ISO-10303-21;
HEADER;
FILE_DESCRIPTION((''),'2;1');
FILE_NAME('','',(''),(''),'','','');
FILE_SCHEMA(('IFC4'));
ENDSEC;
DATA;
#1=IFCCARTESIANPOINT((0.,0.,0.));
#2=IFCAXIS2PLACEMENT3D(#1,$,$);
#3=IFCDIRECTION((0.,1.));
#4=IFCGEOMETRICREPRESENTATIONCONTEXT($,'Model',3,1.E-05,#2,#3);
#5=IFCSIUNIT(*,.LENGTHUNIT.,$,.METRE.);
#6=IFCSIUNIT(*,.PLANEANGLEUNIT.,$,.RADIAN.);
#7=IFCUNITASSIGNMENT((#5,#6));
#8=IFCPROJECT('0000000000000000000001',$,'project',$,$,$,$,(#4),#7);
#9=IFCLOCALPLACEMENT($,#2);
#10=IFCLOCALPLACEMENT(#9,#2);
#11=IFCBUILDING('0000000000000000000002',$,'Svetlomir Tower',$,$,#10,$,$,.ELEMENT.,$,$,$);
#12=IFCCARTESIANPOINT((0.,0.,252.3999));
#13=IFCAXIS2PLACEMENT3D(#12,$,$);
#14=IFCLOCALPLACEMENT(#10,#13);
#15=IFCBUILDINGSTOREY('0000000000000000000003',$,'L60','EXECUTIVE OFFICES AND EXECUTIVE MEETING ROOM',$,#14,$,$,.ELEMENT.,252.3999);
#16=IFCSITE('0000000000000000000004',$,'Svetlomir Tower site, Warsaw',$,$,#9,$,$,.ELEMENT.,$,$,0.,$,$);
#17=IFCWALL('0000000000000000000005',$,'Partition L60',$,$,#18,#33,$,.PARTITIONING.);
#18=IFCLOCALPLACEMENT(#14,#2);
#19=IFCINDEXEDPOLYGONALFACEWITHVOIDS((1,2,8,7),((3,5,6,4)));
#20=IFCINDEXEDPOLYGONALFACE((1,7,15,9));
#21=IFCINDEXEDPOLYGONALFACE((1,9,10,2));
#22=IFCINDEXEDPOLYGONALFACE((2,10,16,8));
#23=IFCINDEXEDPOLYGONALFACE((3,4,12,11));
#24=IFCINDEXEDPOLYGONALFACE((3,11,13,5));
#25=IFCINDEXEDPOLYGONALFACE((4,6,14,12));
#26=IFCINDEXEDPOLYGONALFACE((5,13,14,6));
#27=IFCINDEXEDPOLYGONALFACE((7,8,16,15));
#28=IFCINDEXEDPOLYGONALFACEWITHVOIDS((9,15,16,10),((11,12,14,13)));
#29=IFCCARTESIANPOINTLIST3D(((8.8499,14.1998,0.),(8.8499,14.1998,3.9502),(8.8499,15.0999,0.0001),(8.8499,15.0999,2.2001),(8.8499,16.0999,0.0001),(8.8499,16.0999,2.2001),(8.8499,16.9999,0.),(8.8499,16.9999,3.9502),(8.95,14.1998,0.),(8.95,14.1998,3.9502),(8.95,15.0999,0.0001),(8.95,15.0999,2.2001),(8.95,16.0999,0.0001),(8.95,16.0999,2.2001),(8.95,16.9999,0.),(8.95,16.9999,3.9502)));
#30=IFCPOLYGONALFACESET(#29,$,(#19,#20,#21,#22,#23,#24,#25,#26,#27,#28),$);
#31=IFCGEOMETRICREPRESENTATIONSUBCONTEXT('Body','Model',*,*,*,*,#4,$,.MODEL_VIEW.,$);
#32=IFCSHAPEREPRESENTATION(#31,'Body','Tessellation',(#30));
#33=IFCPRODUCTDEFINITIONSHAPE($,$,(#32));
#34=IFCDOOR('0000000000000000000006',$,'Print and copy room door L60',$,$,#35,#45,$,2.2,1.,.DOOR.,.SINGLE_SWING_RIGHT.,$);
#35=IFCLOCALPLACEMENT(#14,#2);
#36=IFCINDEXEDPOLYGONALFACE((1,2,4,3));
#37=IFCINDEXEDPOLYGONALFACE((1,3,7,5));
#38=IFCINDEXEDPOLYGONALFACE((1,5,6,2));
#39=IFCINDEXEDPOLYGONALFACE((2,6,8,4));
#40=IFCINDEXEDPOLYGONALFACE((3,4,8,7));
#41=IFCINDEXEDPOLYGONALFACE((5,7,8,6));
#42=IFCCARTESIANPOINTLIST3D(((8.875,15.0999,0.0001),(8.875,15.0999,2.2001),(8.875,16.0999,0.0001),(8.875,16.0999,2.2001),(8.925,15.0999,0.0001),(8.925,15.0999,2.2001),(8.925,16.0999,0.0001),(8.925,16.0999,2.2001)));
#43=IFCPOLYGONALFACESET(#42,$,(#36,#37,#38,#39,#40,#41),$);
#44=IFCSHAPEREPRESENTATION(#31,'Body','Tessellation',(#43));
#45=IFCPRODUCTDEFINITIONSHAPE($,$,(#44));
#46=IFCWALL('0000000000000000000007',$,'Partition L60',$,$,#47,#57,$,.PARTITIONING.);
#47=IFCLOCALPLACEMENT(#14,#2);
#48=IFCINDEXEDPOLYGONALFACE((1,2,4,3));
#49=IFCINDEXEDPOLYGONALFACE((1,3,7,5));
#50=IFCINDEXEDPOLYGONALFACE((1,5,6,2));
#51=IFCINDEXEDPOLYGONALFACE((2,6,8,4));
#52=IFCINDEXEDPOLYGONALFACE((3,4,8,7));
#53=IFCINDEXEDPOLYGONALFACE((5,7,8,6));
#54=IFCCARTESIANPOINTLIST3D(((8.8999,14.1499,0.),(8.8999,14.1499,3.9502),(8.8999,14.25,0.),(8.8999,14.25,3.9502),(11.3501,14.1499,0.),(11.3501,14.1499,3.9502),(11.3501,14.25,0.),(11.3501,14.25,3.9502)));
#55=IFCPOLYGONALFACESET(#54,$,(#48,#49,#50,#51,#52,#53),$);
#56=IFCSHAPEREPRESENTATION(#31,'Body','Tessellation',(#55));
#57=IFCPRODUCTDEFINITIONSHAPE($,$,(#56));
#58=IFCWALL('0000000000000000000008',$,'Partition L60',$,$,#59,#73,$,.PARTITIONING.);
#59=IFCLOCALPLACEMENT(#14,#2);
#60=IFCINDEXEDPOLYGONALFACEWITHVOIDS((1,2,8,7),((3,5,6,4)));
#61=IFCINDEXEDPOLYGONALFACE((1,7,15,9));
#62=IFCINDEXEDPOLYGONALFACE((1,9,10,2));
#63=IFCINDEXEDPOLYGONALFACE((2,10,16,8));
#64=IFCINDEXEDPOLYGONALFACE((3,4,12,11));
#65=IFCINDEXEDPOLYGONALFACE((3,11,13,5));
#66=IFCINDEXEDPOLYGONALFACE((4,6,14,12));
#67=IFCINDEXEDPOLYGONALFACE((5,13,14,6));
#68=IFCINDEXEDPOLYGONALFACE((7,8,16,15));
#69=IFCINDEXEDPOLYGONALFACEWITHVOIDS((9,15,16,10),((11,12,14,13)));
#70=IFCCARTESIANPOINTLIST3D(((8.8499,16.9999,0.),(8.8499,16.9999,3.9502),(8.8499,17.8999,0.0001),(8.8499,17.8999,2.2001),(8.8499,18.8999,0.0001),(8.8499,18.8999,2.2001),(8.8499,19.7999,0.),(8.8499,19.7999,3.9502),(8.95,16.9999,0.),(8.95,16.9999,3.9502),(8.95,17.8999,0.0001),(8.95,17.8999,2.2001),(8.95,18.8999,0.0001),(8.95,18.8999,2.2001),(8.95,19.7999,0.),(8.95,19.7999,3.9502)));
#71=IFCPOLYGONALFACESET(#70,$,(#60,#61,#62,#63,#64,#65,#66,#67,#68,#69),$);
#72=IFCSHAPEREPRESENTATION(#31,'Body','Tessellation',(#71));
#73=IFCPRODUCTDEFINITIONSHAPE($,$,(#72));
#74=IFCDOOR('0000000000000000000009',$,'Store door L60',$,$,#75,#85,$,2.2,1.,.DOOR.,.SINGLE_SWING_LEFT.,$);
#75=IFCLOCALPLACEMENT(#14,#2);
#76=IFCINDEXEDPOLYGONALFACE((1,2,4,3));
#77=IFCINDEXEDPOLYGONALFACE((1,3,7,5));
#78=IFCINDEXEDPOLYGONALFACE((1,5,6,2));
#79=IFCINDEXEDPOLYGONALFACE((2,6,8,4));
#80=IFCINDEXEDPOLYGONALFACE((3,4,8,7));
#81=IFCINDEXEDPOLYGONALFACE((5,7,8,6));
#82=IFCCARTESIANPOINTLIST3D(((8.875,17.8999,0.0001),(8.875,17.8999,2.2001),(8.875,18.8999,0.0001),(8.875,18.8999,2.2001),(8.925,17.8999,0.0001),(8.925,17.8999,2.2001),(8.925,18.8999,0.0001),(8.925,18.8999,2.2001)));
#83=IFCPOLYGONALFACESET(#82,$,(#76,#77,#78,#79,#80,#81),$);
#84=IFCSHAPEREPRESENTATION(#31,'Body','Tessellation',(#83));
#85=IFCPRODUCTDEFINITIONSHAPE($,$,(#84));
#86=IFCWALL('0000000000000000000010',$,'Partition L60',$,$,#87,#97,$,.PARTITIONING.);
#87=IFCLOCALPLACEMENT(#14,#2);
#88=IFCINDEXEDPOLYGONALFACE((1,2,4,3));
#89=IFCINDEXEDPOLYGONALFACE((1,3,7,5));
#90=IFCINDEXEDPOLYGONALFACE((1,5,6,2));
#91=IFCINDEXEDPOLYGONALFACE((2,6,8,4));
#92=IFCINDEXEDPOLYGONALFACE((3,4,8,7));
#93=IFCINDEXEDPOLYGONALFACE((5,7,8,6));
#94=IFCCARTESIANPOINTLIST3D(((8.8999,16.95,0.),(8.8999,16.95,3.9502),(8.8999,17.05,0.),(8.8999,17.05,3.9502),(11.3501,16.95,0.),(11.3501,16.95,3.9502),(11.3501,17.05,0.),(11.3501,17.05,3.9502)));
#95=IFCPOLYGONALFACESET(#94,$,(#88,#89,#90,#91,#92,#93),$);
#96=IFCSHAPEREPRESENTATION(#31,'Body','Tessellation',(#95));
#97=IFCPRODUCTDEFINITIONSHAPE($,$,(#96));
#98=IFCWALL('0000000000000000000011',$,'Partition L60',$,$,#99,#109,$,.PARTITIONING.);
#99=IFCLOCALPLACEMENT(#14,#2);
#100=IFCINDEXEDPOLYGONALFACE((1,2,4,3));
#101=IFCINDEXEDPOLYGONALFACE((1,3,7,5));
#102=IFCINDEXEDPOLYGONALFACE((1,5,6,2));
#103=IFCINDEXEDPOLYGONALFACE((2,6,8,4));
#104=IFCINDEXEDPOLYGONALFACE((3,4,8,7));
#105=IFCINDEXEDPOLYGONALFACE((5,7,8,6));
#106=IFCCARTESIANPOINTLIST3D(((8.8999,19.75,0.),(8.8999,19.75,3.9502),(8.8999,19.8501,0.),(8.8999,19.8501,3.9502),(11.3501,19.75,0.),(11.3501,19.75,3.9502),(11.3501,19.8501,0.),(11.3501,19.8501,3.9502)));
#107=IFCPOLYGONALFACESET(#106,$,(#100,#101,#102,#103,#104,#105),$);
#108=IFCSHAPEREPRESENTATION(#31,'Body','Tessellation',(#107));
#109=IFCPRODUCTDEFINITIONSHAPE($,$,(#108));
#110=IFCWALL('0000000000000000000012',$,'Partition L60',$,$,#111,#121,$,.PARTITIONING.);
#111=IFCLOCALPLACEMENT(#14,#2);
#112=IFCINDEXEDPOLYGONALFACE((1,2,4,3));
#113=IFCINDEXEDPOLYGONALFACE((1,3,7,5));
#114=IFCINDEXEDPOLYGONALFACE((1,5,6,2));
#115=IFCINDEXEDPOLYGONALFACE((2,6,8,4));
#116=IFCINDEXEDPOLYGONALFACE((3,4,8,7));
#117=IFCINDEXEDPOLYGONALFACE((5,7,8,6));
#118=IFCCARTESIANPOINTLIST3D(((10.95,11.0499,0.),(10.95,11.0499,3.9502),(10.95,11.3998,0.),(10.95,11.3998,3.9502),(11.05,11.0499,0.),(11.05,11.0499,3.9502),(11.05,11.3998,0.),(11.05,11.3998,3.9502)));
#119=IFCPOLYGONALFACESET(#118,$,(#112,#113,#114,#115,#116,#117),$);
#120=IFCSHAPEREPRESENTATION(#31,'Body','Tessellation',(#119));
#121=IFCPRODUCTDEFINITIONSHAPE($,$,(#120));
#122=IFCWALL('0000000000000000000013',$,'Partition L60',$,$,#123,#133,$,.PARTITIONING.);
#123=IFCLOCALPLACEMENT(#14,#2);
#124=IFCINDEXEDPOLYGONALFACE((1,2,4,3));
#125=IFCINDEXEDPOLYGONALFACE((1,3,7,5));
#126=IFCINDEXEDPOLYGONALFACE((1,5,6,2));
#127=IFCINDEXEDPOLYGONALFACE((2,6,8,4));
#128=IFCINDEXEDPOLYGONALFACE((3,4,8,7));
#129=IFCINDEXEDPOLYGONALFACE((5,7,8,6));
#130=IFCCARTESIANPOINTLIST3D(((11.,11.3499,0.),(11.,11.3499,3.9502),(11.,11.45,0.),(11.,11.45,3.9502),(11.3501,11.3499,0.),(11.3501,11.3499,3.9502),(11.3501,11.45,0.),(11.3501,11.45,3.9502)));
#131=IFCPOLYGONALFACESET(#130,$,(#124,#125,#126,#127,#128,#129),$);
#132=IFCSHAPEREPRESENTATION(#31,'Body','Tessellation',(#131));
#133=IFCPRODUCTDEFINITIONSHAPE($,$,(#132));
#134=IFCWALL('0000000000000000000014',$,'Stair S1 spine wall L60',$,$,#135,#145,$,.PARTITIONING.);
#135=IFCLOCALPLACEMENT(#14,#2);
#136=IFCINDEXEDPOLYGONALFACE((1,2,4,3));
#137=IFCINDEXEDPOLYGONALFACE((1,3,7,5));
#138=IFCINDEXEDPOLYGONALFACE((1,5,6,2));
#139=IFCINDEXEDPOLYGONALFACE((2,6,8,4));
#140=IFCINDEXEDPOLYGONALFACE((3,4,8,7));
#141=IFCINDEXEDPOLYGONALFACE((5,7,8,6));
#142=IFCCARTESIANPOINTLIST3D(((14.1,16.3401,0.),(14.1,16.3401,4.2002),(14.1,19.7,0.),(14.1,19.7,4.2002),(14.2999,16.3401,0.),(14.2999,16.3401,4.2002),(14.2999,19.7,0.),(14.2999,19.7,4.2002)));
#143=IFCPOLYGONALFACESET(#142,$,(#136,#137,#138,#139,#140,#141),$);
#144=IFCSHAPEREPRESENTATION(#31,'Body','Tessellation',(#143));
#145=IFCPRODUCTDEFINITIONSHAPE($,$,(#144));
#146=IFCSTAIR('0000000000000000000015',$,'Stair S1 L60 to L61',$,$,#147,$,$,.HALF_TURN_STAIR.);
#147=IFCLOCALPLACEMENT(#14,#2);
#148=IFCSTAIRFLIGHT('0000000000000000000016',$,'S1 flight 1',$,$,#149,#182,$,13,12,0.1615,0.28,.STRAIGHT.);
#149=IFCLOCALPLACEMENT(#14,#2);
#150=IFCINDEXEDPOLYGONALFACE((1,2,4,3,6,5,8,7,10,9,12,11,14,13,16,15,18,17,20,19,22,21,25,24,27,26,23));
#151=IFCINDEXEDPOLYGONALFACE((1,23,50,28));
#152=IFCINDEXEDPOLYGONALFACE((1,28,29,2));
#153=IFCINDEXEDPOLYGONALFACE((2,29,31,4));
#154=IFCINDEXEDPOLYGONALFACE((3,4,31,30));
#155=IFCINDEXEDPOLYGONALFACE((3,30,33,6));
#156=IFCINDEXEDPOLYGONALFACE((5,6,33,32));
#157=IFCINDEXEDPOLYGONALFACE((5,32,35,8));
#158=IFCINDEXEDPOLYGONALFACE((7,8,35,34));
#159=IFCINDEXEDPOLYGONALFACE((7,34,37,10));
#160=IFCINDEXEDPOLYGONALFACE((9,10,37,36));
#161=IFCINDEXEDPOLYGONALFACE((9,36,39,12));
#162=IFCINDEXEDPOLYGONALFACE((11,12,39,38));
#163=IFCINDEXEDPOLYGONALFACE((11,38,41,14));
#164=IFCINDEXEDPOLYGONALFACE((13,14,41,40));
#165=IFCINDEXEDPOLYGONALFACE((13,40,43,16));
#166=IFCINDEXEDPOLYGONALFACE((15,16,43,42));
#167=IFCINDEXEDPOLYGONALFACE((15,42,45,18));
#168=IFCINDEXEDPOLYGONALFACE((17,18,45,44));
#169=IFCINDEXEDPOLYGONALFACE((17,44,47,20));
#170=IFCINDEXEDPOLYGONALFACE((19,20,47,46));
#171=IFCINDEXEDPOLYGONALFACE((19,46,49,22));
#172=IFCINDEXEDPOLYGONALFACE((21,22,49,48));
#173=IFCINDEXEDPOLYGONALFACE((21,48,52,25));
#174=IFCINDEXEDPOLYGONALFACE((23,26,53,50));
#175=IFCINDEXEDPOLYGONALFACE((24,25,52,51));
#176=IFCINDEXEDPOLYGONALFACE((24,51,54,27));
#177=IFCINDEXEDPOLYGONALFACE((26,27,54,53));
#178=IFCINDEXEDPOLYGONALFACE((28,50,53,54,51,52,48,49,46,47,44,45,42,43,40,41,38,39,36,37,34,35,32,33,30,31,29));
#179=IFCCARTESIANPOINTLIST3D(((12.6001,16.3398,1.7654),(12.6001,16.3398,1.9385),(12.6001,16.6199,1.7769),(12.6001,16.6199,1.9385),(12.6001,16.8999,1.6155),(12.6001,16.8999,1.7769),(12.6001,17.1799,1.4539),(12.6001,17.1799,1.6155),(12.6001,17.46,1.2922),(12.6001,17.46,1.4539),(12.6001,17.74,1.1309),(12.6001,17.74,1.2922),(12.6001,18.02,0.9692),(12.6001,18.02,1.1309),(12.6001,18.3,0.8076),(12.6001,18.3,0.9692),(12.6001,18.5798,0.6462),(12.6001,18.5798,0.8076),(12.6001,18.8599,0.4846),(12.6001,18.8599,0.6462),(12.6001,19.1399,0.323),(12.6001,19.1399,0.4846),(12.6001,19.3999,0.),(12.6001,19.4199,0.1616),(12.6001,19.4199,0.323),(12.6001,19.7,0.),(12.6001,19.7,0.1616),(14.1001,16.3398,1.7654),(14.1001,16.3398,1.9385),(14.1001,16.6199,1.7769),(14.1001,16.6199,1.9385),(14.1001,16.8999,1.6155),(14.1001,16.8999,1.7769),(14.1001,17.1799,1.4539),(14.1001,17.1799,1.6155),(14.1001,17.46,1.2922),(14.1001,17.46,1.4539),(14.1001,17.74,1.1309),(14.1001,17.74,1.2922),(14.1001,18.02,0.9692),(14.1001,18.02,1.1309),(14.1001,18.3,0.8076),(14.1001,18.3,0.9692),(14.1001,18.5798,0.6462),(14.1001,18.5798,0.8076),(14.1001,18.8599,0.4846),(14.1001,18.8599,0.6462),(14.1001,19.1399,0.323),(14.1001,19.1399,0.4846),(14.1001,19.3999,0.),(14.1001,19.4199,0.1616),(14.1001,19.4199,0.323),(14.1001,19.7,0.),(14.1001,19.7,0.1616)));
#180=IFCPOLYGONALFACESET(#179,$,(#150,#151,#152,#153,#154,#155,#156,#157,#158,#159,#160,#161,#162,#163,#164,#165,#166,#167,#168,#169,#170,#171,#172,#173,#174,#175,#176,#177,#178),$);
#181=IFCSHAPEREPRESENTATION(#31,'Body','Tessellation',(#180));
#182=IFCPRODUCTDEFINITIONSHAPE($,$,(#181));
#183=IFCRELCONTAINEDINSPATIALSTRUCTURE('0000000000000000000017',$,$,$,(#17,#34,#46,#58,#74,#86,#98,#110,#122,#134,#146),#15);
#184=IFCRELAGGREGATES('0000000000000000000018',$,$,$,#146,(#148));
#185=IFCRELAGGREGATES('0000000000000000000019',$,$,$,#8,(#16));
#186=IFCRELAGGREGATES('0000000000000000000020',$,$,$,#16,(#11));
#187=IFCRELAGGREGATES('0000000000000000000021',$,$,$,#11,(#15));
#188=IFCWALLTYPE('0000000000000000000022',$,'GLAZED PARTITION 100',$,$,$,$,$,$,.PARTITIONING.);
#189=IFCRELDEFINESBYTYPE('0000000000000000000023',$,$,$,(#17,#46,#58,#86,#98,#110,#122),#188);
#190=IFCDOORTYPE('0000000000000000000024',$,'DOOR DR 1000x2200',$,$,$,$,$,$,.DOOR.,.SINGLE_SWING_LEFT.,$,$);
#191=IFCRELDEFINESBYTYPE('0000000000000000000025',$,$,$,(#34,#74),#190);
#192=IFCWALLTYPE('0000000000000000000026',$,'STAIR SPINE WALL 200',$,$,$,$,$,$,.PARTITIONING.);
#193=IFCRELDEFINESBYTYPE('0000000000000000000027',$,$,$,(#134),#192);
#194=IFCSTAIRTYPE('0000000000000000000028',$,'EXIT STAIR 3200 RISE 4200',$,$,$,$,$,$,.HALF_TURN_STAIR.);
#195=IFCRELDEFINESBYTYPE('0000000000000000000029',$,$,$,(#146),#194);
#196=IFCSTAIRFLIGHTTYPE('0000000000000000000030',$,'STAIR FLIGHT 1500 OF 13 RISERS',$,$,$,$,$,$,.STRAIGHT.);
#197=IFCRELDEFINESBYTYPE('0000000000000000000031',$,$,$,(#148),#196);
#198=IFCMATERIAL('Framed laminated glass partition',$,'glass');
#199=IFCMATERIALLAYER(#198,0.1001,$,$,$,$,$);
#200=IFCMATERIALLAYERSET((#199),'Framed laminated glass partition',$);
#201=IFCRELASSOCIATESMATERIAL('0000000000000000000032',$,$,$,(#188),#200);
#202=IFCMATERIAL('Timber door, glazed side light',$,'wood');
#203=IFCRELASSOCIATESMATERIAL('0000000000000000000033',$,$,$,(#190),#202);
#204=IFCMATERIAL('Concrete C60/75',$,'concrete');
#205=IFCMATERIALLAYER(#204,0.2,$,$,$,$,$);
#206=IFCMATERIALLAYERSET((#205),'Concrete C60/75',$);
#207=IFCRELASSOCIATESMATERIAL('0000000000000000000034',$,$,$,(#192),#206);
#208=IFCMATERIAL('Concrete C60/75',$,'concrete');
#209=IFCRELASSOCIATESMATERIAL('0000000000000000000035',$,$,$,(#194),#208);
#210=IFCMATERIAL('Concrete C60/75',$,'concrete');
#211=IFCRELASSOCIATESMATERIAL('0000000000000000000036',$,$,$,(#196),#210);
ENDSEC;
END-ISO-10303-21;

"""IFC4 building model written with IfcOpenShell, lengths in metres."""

from ifc_helpers import new_model, si_unit, direction, frame, frame_2d, origin, place, context, subcontext, project, spatial, polyline, rectangle, outline, extrude, material, layer, layer_set, type_object, element, fill, aggregate, save


model = new_model("IFC4")

# Units and contexts
model_context = context("Model", 3, precision=1e-05, world=origin(), true_north=direction((0.0, 1.0)))
body_context = subcontext(model_context, "Body", "Model", "MODEL_VIEW")
ifc_project = project(units=[si_unit("LENGTHUNIT", "METRE"), si_unit("PLANEANGLEUNIT", "RADIAN")], contexts=[model_context])

# Site, building, storey
site_placement = place(None, origin())
site = spatial("IfcSite", under=ifc_project, at=site_placement, Name="Svetlomir Tower site, Warsaw", CompositionType="ELEMENT", RefElevation=0.0)
building_placement = place(site_placement, origin())
building = spatial("IfcBuilding", under=site, at=building_placement, Name="Svetlomir Tower", CompositionType="ELEMENT")
storey_placement = place(building_placement, frame((0.0, 0.0, 252.3999)))
storey = spatial("IfcBuildingStorey", under=building, at=storey_placement, Name="L60", Description="EXECUTIVE OFFICES AND EXECUTIVE MEETING ROOM", CompositionType="ELEMENT", Elevation=252.3999)

# Shared definitions
ifc_material_1 = material(Name="Framed laminated glass partition", Category="glass")
ifc_layer_1 = layer(ifc_material_1, 0.1001)
ifc_layer_set_1 = layer_set([ifc_layer_1], Name="Framed laminated glass partition")
wall_type_1 = type_object("IfcWallType", Name="GLAZED PARTITION 100", PredefinedType="PARTITIONING", material=ifc_layer_set_1)
ifc_material_2 = material(Name="Timber door, glazed side light", Category="wood")
door_type_1 = type_object("IfcDoorType", Name="DOOR DR 1000x2200", OperationType="SINGLE_SWING_LEFT", PredefinedType="DOOR", material=ifc_material_2)

# Wall, opening, door
wall_1_placement = place(storey_placement, frame((8.8999, 14.2, 0.0), z_axis=(0.0, 0.0, 1.0), x_axis=(0.0, 1.0, 0.0)))
wall_1 = element("IfcWall", 1, at=wall_1_placement, inside=storey, type_object=wall_type_1, Name="Partition L60", PredefinedType="PARTITIONING", context=body_context, shape_type="SweptSolid", body=[
    extrude(rectangle(XDim=2.8, YDim=0.1001, at=frame_2d((1.3999, 0.0))), origin(), (0.0, 0.0, 1.0), 3.9502),
])
opening_1_placement = place(wall_1_placement, frame((0.8999, 0.0, 0.0)))
opening_1 = element("IfcOpeningElement", 2, at=opening_1_placement, cuts=wall_1, PredefinedType="OPENING", context=body_context, shape_type="SweptSolid", body=[
    extrude(rectangle(XDim=1.0, YDim=2.2, at=frame_2d((0.5, 1.1001))), frame((0.0, 0.0601, 0.0), z_axis=(0.0, -1.0, 0.0), x_axis=(1.0, 0.0, 0.0)), (0.0, 0.0, 1.0), 0.1201),
])
door_1_placement = place(opening_1_placement, origin())
door_1 = element("IfcDoor", 3, at=door_1_placement, inside=storey, type_object=door_type_1, Name="Print and copy room door L60", OperationType="SINGLE_SWING_RIGHT", OverallHeight=2.2, OverallWidth=1.0, PredefinedType="DOOR", context=body_context, shape_type="SweptSolid", body=[
    extrude(rectangle(XDim=1.0, YDim=2.2, at=frame_2d((0.5, 1.1001))), frame((0.0, 0.0249, 0.0), z_axis=(0.0, -1.0, 0.0), x_axis=(1.0, 0.0, 0.0)), (0.0, 0.0, 1.0), 0.05),
])
fill(opening_1, door_1)

# Wall
wall_2_placement = place(storey_placement, frame((8.8999, 14.2, 0.0), z_axis=(0.0, 0.0, 1.0), x_axis=(1.0, 0.0, 0.0)))
element("IfcWall", 4, at=wall_2_placement, inside=storey, type_object=wall_type_1, Name="Partition L60", PredefinedType="PARTITIONING", context=body_context, shape_type="SweptSolid", body=[
    extrude(rectangle(XDim=2.4502, YDim=0.1001, at=frame_2d((1.2251, 0.0))), origin(), (0.0, 0.0, 1.0), 3.9502),
])

# Wall, opening, door
wall_3_placement = place(storey_placement, frame((8.8999, 17.0, 0.0), z_axis=(0.0, 0.0, 1.0), x_axis=(0.0, 1.0, 0.0)))
wall_3 = element("IfcWall", 5, at=wall_3_placement, inside=storey, type_object=wall_type_1, Name="Partition L60", PredefinedType="PARTITIONING", context=body_context, shape_type="SweptSolid", body=[
    extrude(rectangle(XDim=2.8, YDim=0.1001, at=frame_2d((1.3999, 0.0))), origin(), (0.0, 0.0, 1.0), 3.9502),
])
opening_2_placement = place(wall_3_placement, frame((0.8999, 0.0, 0.0)))
opening_2 = element("IfcOpeningElement", 6, at=opening_2_placement, cuts=wall_3, PredefinedType="OPENING", context=body_context, shape_type="SweptSolid", body=[
    extrude(rectangle(XDim=1.0, YDim=2.2, at=frame_2d((0.5, 1.1001))), frame((0.0, 0.0601, 0.0), z_axis=(0.0, -1.0, 0.0), x_axis=(1.0, 0.0, 0.0)), (0.0, 0.0, 1.0), 0.1201),
])
door_2_placement = place(opening_2_placement, origin())
door_2 = element("IfcDoor", 7, at=door_2_placement, inside=storey, type_object=door_type_1, Name="Store door L60", OperationType="SINGLE_SWING_LEFT", OverallHeight=2.2, OverallWidth=1.0, PredefinedType="DOOR", context=body_context, shape_type="SweptSolid", body=[
    extrude(rectangle(XDim=1.0, YDim=2.2, at=frame_2d((0.5, 1.1001))), frame((0.0, 0.0249, 0.0), z_axis=(0.0, -1.0, 0.0), x_axis=(1.0, 0.0, 0.0)), (0.0, 0.0, 1.0), 0.05),
])
fill(opening_2, door_2)

# Walls
for number, where, z_axis, x_axis, name in (
    (8, (8.8999, 17.0, 0.0), (0.0, 0.0, 1.0), (1.0, 0.0, 0.0), "Partition L60"),
    (9, (8.8999, 19.8, 0.0), (0.0, 0.0, 1.0), (1.0, 0.0, 0.0), "Partition L60"),
):
    element("IfcWall", number, at=place(storey_placement, frame(where, z_axis=z_axis, x_axis=x_axis)), inside=storey, type_object=wall_type_1, Name=name, PredefinedType="PARTITIONING", context=body_context, shape_type="SweptSolid", body=[
        extrude(rectangle(XDim=2.4502, YDim=0.1001, at=frame_2d((1.2251, 0.0))), origin(), (0.0, 0.0, 1.0), 3.9502),
    ])
wall_4_placement = place(storey_placement, frame((11.0, 11.05, 0.0), z_axis=(0.0, 0.0, 1.0), x_axis=(0.0, 1.0, 0.0)))
element("IfcWall", 10, at=wall_4_placement, inside=storey, type_object=wall_type_1, Name="Partition L60", PredefinedType="PARTITIONING", context=body_context, shape_type="SweptSolid", body=[
    extrude(rectangle(XDim=0.3499, YDim=0.1001, at=frame_2d((0.1748, 0.0))), origin(), (0.0, 0.0, 1.0), 3.9502),
])
wall_5_placement = place(storey_placement, frame((11.0, 11.3999, 0.0), z_axis=(0.0, 0.0, 1.0), x_axis=(1.0, 0.0, 0.0)))
element("IfcWall", 11, at=wall_5_placement, inside=storey, type_object=wall_type_1, Name="Partition L60", PredefinedType="PARTITIONING", context=body_context, shape_type="SweptSolid", body=[
    extrude(rectangle(XDim=0.3501, YDim=0.1001, at=frame_2d((0.175, 0.0))), origin(), (0.0, 0.0, 1.0), 3.9502),
])
ifc_material_3 = material(Name="Concrete C60/75", Category="concrete")
ifc_layer_2 = layer(ifc_material_3, 0.2)
ifc_layer_set_2 = layer_set([ifc_layer_2], Name="Concrete C60/75")
wall_type_2 = type_object("IfcWallType", Name="STAIR SPINE WALL 200", PredefinedType="PARTITIONING", material=ifc_layer_set_2)
wall_6_placement = place(storey_placement, frame((14.2, 16.3401, 0.0), z_axis=(0.0, 0.0, 1.0), x_axis=(0.0, 1.0, 0.0)))
element("IfcWall", 12, at=wall_6_placement, inside=storey, type_object=wall_type_2, Name="Stair S1 spine wall L60", PredefinedType="PARTITIONING", context=body_context, shape_type="SweptSolid", body=[
    extrude(rectangle(XDim=3.3599, YDim=0.2, at=frame_2d((1.6799, 0.0))), origin(), (0.0, 0.0, 1.0), 4.2002),
])

# Stair, stair flight
ifc_material_4 = material(Name="Concrete C60/75", Category="concrete")
stair_type = type_object("IfcStairType", Name="EXIT STAIR 3200 RISE 4200", PredefinedType="HALF_TURN_STAIR", material=ifc_material_4)
stair_placement = place(storey_placement, origin())
stair = element("IfcStair", 13, at=stair_placement, inside=storey, type_object=stair_type, Name="Stair S1 L60 to L61", PredefinedType="HALF_TURN_STAIR")
ifc_material_5 = material(Name="Concrete C60/75", Category="concrete")
stair_flight_type = type_object("IfcStairFlightType", Name="STAIR FLIGHT 1500 OF 13 RISERS", PredefinedType="STRAIGHT", material=ifc_material_5)
stair_flight_placement = place(storey_placement, frame((13.3501, 19.7, 0.0), z_axis=(0.0, 0.0, 1.0), x_axis=(0.0, -1.0, 0.0)))
stair_flight = element("IfcStairFlight", 14, at=stair_flight_placement, type_object=stair_flight_type, Name="S1 flight 1", NumberOfRisers=13, NumberOfTreads=12, PredefinedType="STRAIGHT", RiserHeight=0.1615, TreadLength=0.28, context=body_context, shape_type="SweptSolid", body=[
    extrude(outline(polyline([(0.0, 0.0), (0.0, 0.1616), (0.28, 0.1616), (0.28, 0.323), (0.5601, 0.323), (0.5601, 0.4846), (0.8401, 0.4846), (0.8401, 0.6462), (1.1201, 0.6462), (1.1201, 0.8076), (1.3999, 0.8076), (1.3999, 0.9692), (1.6799, 0.9692), (1.6799, 1.1309), (1.96, 1.1309), (1.96, 1.2922), (2.24, 1.2922), (2.24, 1.4539), (2.52, 1.4539), (2.52, 1.6155), (2.8, 1.6155), (2.8, 1.7769), (3.0801, 1.7769), (3.0801, 1.9385), (3.3601, 1.9385), (3.3601, 2.1001), (3.3601, 1.7654), (0.3, 0.0), (0.0, 0.0)])), frame((0.0, 0.75, 0.0), z_axis=(0.0, -1.0, 0.0), x_axis=(1.0, 0.0, 0.0)), (0.0, 0.0, 1.0), 1.5),
])
aggregate(stair, [stair_flight])

save(model, "model.ifc")
